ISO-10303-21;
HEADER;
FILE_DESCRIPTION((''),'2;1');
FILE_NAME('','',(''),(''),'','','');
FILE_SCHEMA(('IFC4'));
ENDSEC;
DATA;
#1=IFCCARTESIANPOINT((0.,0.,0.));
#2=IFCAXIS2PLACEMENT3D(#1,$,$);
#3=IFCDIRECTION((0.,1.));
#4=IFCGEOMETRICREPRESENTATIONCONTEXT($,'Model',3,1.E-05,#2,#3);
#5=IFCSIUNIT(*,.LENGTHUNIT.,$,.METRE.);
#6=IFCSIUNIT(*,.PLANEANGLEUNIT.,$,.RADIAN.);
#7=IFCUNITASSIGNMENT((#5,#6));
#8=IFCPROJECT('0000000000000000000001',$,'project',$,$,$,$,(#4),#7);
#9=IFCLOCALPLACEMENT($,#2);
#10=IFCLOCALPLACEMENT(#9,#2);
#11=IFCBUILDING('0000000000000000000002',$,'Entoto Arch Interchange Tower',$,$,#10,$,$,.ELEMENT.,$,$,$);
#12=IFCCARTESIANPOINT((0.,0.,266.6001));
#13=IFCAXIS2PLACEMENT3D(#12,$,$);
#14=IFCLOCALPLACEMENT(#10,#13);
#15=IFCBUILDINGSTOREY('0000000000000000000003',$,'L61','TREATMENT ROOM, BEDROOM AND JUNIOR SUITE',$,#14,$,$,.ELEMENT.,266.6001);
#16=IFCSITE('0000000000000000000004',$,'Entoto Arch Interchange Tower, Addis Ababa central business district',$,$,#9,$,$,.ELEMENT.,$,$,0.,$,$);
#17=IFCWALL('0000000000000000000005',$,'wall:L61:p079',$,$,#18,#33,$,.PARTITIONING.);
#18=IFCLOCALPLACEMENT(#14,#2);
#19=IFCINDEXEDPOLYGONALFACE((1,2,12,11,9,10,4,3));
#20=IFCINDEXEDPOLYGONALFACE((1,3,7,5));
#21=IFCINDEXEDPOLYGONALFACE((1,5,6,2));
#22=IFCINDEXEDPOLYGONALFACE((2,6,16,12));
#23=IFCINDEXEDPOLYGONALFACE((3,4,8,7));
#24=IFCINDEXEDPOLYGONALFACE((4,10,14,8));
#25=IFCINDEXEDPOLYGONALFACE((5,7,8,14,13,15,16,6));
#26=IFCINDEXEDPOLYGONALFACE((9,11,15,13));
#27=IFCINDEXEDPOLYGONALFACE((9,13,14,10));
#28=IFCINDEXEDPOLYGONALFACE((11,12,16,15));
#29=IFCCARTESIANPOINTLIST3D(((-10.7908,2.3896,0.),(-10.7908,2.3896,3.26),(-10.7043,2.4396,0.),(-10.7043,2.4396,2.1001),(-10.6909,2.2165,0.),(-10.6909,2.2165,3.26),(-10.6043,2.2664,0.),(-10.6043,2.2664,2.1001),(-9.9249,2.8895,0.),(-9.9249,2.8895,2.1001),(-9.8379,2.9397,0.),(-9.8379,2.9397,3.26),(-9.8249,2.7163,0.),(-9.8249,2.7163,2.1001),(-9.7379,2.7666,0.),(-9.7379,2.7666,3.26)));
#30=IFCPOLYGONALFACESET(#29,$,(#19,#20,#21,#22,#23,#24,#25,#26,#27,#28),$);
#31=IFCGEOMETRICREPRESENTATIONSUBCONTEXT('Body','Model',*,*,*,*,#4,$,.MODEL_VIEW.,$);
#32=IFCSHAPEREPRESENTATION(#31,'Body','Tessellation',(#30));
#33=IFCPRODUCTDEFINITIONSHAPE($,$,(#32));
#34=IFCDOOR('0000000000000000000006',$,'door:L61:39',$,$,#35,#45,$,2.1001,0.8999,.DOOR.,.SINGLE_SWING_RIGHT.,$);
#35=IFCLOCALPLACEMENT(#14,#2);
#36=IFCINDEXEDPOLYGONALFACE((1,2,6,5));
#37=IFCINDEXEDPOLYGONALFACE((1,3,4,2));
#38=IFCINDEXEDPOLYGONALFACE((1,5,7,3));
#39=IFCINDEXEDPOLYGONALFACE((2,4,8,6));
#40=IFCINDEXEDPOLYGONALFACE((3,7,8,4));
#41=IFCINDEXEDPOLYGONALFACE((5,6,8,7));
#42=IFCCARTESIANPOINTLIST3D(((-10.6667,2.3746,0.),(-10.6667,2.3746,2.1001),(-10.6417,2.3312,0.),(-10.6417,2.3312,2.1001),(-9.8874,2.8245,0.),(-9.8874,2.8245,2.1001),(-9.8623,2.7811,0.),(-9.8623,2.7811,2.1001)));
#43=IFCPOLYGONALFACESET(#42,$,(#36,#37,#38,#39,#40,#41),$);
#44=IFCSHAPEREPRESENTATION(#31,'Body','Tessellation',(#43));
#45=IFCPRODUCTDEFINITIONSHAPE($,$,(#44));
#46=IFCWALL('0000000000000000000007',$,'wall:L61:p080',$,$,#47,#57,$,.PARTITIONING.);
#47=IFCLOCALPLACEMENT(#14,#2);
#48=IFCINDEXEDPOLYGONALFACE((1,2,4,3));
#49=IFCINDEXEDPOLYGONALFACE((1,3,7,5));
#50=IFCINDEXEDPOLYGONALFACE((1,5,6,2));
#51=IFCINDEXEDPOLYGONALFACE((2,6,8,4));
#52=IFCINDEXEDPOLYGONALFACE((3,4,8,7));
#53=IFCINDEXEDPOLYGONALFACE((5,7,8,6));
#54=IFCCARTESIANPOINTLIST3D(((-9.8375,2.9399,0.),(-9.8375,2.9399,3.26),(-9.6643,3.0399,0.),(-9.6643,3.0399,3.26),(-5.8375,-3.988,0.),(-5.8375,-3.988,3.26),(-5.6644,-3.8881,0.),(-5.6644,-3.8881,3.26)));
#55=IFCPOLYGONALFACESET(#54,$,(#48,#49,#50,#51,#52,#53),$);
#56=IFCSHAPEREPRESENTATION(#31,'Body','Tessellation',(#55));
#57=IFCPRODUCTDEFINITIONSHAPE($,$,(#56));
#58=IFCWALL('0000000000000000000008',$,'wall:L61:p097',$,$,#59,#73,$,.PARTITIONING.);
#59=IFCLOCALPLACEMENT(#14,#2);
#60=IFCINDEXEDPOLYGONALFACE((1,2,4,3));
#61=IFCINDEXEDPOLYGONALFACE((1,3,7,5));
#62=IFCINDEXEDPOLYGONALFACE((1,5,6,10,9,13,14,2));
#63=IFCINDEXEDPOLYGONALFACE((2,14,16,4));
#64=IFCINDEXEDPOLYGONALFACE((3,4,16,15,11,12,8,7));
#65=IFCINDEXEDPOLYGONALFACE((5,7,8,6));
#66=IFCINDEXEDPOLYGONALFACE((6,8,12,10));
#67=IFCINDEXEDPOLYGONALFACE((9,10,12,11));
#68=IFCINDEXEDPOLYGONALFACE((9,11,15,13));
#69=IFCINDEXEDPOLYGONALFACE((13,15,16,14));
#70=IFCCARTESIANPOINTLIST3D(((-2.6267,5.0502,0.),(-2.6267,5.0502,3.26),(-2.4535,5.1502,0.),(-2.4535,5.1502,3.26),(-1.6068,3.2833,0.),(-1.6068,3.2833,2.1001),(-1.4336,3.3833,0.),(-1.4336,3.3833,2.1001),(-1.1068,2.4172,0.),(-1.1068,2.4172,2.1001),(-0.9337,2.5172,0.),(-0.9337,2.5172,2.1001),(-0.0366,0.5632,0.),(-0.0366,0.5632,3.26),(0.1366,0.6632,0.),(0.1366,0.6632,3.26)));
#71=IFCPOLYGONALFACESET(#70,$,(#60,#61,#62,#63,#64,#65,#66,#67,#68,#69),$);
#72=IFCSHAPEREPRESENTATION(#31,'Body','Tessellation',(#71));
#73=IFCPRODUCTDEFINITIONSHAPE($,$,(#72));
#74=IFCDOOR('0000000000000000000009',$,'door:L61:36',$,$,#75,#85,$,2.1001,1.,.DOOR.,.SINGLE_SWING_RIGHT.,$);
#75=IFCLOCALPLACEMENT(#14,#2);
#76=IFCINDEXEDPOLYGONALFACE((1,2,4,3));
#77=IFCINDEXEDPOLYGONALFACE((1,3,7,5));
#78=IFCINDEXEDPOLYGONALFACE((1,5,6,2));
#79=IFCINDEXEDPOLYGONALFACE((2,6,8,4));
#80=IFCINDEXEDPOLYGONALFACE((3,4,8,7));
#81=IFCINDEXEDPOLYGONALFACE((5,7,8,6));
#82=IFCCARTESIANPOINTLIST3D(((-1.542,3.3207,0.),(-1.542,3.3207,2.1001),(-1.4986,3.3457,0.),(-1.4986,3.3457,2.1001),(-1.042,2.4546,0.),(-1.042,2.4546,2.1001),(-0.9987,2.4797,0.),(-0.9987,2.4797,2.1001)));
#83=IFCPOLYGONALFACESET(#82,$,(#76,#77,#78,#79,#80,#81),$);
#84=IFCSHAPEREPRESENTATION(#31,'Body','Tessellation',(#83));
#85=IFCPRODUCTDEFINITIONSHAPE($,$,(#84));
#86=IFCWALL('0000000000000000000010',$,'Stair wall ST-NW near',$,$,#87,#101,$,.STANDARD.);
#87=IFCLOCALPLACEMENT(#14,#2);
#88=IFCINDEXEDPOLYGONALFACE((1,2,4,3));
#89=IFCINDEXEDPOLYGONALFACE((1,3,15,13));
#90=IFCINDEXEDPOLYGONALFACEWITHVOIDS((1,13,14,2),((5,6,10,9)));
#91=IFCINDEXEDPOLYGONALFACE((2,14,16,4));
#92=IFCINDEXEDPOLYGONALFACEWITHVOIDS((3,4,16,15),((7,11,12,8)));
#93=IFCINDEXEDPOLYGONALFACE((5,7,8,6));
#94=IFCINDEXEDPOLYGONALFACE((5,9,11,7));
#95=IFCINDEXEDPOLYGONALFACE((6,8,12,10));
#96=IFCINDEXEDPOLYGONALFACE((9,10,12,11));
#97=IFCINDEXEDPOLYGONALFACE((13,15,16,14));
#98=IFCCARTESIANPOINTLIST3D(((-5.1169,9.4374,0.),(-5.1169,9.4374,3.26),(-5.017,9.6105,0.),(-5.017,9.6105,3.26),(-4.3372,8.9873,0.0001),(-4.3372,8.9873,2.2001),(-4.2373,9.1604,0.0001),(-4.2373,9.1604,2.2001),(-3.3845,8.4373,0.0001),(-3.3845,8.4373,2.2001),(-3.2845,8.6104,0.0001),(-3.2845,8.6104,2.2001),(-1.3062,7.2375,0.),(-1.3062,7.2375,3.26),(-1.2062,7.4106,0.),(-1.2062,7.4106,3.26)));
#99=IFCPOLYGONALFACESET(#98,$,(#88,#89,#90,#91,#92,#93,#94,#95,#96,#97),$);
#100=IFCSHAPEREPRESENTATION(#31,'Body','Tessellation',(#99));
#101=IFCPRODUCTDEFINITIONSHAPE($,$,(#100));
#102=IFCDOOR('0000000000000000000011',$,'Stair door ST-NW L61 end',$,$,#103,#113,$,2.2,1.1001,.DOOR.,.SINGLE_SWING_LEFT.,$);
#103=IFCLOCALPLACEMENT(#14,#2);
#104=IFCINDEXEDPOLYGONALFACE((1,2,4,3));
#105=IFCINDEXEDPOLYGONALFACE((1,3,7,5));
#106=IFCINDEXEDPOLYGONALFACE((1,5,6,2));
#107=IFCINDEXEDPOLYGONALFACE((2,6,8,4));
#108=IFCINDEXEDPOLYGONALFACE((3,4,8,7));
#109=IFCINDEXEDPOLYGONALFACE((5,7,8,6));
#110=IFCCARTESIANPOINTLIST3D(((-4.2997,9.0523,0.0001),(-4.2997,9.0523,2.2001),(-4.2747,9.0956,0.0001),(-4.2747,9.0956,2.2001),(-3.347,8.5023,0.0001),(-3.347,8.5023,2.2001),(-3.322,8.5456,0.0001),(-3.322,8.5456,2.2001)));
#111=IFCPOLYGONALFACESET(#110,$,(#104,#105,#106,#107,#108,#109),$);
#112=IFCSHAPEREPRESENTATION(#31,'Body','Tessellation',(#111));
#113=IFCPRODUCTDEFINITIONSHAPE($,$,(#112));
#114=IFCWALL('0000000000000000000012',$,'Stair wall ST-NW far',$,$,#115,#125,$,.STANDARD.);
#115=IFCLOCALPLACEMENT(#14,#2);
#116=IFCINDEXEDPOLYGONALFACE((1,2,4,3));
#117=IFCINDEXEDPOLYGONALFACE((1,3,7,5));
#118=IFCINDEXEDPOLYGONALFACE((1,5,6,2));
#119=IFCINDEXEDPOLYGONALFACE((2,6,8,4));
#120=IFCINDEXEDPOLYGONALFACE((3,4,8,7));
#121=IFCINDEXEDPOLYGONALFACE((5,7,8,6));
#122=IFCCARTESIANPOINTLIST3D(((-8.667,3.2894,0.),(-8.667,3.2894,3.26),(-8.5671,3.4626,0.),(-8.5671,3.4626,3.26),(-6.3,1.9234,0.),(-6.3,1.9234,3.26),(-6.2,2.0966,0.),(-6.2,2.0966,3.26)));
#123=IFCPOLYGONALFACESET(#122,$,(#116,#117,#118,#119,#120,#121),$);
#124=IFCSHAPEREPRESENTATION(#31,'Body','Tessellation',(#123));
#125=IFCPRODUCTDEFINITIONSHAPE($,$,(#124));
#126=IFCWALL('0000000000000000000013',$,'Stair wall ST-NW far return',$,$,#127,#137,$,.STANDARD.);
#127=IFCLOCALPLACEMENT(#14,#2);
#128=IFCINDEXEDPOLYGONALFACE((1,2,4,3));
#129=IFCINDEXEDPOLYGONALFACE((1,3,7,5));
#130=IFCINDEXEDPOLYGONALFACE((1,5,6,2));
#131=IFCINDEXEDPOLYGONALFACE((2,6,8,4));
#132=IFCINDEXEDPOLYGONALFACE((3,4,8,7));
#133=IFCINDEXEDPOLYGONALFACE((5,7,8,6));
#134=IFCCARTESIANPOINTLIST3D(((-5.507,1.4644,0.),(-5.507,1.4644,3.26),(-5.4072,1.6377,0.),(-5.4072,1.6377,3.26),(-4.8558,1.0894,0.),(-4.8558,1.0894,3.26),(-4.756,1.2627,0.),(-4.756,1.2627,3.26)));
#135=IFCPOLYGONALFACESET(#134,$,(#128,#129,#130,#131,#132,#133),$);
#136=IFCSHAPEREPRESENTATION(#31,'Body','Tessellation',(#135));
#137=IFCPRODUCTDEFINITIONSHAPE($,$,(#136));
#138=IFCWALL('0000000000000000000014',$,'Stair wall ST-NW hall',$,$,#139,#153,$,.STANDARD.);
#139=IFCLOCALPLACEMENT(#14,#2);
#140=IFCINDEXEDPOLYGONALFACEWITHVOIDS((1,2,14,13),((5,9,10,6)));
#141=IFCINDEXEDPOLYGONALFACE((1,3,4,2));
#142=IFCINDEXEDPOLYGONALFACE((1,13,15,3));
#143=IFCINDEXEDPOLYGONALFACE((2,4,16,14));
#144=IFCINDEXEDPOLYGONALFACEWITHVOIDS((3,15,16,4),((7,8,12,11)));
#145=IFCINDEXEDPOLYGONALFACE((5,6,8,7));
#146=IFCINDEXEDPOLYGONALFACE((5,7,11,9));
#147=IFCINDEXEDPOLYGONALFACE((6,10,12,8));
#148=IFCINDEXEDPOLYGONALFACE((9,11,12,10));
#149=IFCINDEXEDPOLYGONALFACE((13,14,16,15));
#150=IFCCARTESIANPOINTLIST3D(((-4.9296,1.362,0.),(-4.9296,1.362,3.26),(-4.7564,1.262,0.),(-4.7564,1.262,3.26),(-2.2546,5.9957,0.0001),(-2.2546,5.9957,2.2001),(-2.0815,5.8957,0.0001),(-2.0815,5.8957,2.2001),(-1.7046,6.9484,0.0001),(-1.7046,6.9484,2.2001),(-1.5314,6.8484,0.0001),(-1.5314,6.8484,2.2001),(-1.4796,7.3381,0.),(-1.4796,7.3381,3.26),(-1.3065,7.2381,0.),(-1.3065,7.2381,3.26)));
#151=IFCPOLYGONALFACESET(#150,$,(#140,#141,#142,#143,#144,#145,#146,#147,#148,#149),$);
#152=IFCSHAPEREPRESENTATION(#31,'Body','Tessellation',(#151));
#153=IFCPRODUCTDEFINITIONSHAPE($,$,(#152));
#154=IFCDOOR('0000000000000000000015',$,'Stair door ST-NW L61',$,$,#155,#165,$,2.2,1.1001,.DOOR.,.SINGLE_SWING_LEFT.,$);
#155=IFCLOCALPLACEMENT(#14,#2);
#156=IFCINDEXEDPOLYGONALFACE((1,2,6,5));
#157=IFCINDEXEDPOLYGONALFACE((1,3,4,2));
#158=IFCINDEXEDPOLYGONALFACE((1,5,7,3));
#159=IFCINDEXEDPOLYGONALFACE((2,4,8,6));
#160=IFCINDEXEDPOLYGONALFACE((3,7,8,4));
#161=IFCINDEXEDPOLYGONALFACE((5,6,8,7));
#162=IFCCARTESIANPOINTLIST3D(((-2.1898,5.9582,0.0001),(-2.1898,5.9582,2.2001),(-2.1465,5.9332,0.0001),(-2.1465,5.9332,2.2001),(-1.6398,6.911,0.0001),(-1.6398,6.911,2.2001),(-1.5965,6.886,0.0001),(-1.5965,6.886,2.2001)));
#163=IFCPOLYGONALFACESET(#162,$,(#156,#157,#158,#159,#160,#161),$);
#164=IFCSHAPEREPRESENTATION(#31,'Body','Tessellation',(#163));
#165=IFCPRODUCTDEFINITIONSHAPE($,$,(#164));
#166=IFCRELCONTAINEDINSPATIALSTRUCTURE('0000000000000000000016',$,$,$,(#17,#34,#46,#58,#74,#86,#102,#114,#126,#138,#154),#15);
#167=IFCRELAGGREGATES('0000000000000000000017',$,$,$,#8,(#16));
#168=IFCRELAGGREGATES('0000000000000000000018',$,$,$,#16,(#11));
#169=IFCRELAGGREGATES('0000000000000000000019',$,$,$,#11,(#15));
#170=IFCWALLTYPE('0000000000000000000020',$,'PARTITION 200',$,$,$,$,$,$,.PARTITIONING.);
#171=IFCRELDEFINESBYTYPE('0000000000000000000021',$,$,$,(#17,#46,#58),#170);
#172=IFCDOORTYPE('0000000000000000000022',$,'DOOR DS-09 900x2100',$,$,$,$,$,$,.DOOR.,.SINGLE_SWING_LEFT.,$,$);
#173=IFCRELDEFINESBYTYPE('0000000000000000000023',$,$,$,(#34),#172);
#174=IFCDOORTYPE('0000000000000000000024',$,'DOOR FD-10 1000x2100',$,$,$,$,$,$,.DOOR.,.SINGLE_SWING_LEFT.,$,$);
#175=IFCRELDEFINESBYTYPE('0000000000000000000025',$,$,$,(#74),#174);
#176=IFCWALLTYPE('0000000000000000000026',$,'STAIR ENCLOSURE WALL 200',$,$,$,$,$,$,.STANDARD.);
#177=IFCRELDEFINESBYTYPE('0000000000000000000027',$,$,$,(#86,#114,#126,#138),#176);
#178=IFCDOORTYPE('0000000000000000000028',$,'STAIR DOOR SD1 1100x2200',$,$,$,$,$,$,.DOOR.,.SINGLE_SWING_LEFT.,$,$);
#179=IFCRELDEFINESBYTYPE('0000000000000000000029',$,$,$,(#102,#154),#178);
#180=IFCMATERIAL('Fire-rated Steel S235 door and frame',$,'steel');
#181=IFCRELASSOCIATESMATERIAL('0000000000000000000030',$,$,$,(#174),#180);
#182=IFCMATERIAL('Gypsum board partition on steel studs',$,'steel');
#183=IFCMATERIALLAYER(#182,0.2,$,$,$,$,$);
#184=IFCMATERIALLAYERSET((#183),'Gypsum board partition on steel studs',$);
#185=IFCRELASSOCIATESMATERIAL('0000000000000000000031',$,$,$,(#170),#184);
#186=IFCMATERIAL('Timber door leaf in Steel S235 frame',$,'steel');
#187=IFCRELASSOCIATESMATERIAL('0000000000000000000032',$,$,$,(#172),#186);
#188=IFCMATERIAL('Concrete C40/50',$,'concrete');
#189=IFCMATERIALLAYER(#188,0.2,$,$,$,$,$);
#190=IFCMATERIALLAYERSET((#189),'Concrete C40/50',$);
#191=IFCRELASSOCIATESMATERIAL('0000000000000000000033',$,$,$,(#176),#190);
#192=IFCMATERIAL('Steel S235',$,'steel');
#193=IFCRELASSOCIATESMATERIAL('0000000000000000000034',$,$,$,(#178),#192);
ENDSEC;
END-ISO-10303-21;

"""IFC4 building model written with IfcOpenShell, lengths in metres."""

from ifc_helpers import new_model, si_unit, direction, frame, frame_2d, origin, place, context, subcontext, project, spatial, rectangle, extrude, material, layer, layer_set, type_object, element, fill, save


model = new_model("IFC4")

# Units and contexts
model_context = context("Model", 3, precision=1e-05, world=origin(), true_north=direction((0.0, 1.0)))
body_context = subcontext(model_context, "Body", "Model", "MODEL_VIEW")
ifc_project = project(units=[si_unit("LENGTHUNIT", "METRE"), si_unit("PLANEANGLEUNIT", "RADIAN")], contexts=[model_context])

# Site, building, storey
site_placement = place(None, origin())
site = spatial("IfcSite", under=ifc_project, at=site_placement, Name="Entoto Arch Interchange Tower, Addis Ababa central business district", CompositionType="ELEMENT", RefElevation=0.0)
building_placement = place(site_placement, origin())
building = spatial("IfcBuilding", under=site, at=building_placement, Name="Entoto Arch Interchange Tower", CompositionType="ELEMENT")
storey_placement = place(building_placement, frame((0.0, 0.0, 266.6001)))
storey = spatial("IfcBuildingStorey", under=building, at=storey_placement, Name="L61", Description="TREATMENT ROOM, BEDROOM AND JUNIOR SUITE", CompositionType="ELEMENT", Elevation=266.6001)

# Shared definitions
ifc_material_1 = material(Name="Concrete C40/50", Category="concrete")

# Shared definitions
ifc_material_2 = material(Name="Fire-rated Steel S235 door and frame", Category="steel")
door_type_1 = type_object("IfcDoorType", Name="DOOR FD-10 1000x2100", OperationType="SINGLE_SWING_LEFT", PredefinedType="DOOR", material=ifc_material_2)

# Wall, opening, door
ifc_material_3 = material(Name="Gypsum board partition on steel studs", Category="steel")
ifc_layer_1 = layer(ifc_material_3, 0.2)
ifc_layer_set_1 = layer_set([ifc_layer_1], Name="Gypsum board partition on steel studs")
wall_type_1 = type_object("IfcWallType", Name="PARTITION 200", PredefinedType="PARTITIONING", material=ifc_layer_set_1)
ifc_material_4 = material(Name="Timber door leaf in Steel S235 frame", Category="steel")
wall_1_placement = place(storey_placement, frame((-10.741, 2.303, 0.0), z_axis=(0.0, 0.0, 1.0), x_axis=(0.866064, 0.499934, 0.0)))
wall_1 = element("IfcWall", 1, at=wall_1_placement, inside=storey, type_object=wall_type_1, Name="wall:L61:p079", PredefinedType="PARTITIONING", context=body_context, shape_type="SweptSolid", body=[
    extrude(rectangle(XDim=1.1003, YDim=0.2, at=frame_2d((0.5503, 0.0))), origin(), (0.0, 0.0, 1.0), 3.26),
])
opening_1_placement = place(wall_1_placement, frame((0.1001, 0.0, 0.0)))
opening_1 = element("IfcOpeningElement", 2, at=opening_1_placement, cuts=wall_1, PredefinedType="OPENING", context=body_context, shape_type="SweptSolid", body=[
    extrude(rectangle(XDim=0.8999, YDim=2.1001, at=frame_2d((0.45, 1.05))), frame((0.0, 0.1099, 0.0), z_axis=(0.0, -1.0, 0.0), x_axis=(1.0, 0.0, 0.0)), (0.0, 0.0, 1.0), 0.22),
])
door_type_2 = type_object("IfcDoorType", Name="DOOR DS-09 900x2100", OperationType="SINGLE_SWING_LEFT", PredefinedType="DOOR", material=ifc_material_4)
door_1_placement = place(opening_1_placement, origin())
door_1 = element("IfcDoor", 3, at=door_1_placement, inside=storey, type_object=door_type_2, Name="door:L61:39", OperationType="SINGLE_SWING_RIGHT", OverallHeight=2.1001, OverallWidth=0.8999, PredefinedType="DOOR", context=body_context, shape_type="SweptSolid", body=[
    extrude(rectangle(XDim=0.8999, YDim=2.1001, at=frame_2d((0.45, 1.05))), frame((0.0, 0.0249, 0.0), z_axis=(0.0, -1.0, 0.0), x_axis=(1.0, 0.0, 0.0)), (0.0, 0.0, 1.0), 0.05),
])
fill(opening_1, door_1)

# Wall
wall_2_placement = place(storey_placement, frame((-9.751, 2.99, 0.0), z_axis=(0.0, 0.0, 1.0), x_axis=(0.500012, -0.866018, 0.0)))
element("IfcWall", 4, at=wall_2_placement, inside=storey, type_object=wall_type_1, Name="wall:L61:p080", PredefinedType="PARTITIONING", context=body_context, shape_type="SweptSolid", body=[
    extrude(rectangle(XDim=7.9998, YDim=0.2, at=frame_2d((4.0, 0.0))), origin(), (0.0, 0.0, 1.0), 3.26),
])

# Walls, openings, doors
wall_3_placement = place(storey_placement, frame((-2.54, 5.1001, 0.0), z_axis=(0.0, 0.0, 1.0), x_axis=(0.499925, -0.866069, 0.0)))
wall_3 = element("IfcWall", 5, at=wall_3_placement, inside=storey, type_object=wall_type_1, Name="wall:L61:p097", PredefinedType="PARTITIONING", context=body_context, shape_type="SweptSolid", body=[
    extrude(rectangle(XDim=5.1809, YDim=0.2, at=frame_2d((2.5903, 0.0))), origin(), (0.0, 0.0, 1.0), 3.26),
])
opening_2_placement = place(wall_3_placement, frame((2.04, 0.0, 0.0)))
opening_2 = element("IfcOpeningElement", 6, at=opening_2_placement, cuts=wall_3, PredefinedType="OPENING", context=body_context, shape_type="SweptSolid", body=[
    extrude(rectangle(XDim=1.0, YDim=2.1001, at=frame_2d((0.5, 1.05))), frame((0.0, 0.1099, 0.0), z_axis=(0.0, -1.0, 0.0), x_axis=(1.0, 0.0, 0.0)), (0.0, 0.0, 1.0), 0.22),
])
door_2_placement = place(opening_2_placement, origin())
door_2 = element("IfcDoor", 7, at=door_2_placement, inside=storey, type_object=door_type_1, Name="door:L61:36", OperationType="SINGLE_SWING_RIGHT", OverallHeight=2.1001, OverallWidth=1.0, PredefinedType="DOOR", context=body_context, shape_type="SweptSolid", body=[
    extrude(rectangle(XDim=1.0, YDim=2.1001, at=frame_2d((0.5, 1.05))), frame((0.0, 0.0249, 0.0), z_axis=(0.0, -1.0, 0.0), x_axis=(1.0, 0.0, 0.0)), (0.0, 0.0, 1.0), 0.05),
])
fill(opening_2, door_2)
ifc_layer_2 = layer(ifc_material_1, 0.2)
ifc_layer_set_2 = layer_set([ifc_layer_2], Name="Concrete C40/50")
wall_type_2 = type_object("IfcWallType", Name="STAIR ENCLOSURE WALL 200", PredefinedType="STANDARD", material=ifc_layer_set_2)
wall_4_placement = place(storey_placement, frame((-1.2561, 7.324, 0.0), z_axis=(0.0, 0.0, 1.0), x_axis=(-0.866046, 0.499964, 0.0)))
wall_4 = element("IfcWall", 8, at=wall_4_placement, inside=storey, type_object=wall_type_2, Name="Stair wall ST-NW near", PredefinedType="STANDARD", context=body_context, shape_type="SweptSolid", body=[
    extrude(rectangle(XDim=4.4001, YDim=0.2, at=frame_2d((2.2002, 0.0))), origin(), (0.0, 0.0, 1.0), 3.26),
])
opening_3_placement = place(wall_4_placement, frame((2.3999, 0.0, 0.0)))
opening_3 = element("IfcOpeningElement", 9, at=opening_3_placement, cuts=wall_4, PredefinedType="OPENING", context=body_context, shape_type="SweptSolid", body=[
    extrude(rectangle(XDim=1.1001, YDim=2.2, at=frame_2d((0.55, 1.1001))), frame((0.0, 0.1099, 0.0), z_axis=(0.0, -1.0, 0.0), x_axis=(1.0, 0.0, 0.0)), (0.0, 0.0, 1.0), 0.22),
])
ifc_material_5 = material(Name="Steel S235", Category="steel")
door_type_3 = type_object("IfcDoorType", Name="STAIR DOOR SD1 1100x2200", OperationType="SINGLE_SWING_LEFT", PredefinedType="DOOR", material=ifc_material_5)
door_3_placement = place(opening_3_placement, origin())
door_3 = element("IfcDoor", 10, at=door_3_placement, inside=storey, type_object=door_type_3, Name="Stair door ST-NW L61 end", OperationType="SINGLE_SWING_LEFT", OverallHeight=2.2, OverallWidth=1.1001, PredefinedType="DOOR", context=body_context, shape_type="SweptSolid", body=[
    extrude(rectangle(XDim=1.1001, YDim=2.2, at=frame_2d((0.55, 1.1001))), frame((0.0, 0.0249, 0.0), z_axis=(0.0, -1.0, 0.0), x_axis=(1.0, 0.0, 0.0)), (0.0, 0.0, 1.0), 0.05),
])
fill(opening_3, door_3)

# Walls
wall_5_placement = place(storey_placement, frame((-6.25, 2.01, 0.0), z_axis=(0.0, 0.0, 1.0), x_axis=(-0.866119, 0.499838, 0.0)))
element("IfcWall", 11, at=wall_5_placement, inside=storey, type_object=wall_type_2, Name="Stair wall ST-NW far", PredefinedType="STANDARD", context=body_context, shape_type="SweptSolid", body=[
    extrude(rectangle(XDim=2.7329, YDim=0.2, at=frame_2d((1.3665, 0.0))), origin(), (0.0, 0.0, 1.0), 3.26),
])
wall_6_placement = place(storey_placement, frame((-4.8059, 1.176, 0.0), z_axis=(0.0, 0.0, 1.0), x_axis=(-0.866559, 0.499075, 0.0)))
element("IfcWall", 12, at=wall_6_placement, inside=storey, type_object=wall_type_2, Name="Stair wall ST-NW far return", PredefinedType="STANDARD", context=body_context, shape_type="SweptSolid", body=[
    extrude(rectangle(XDim=0.7515, YDim=0.2, at=frame_2d((0.3757, 0.0))), origin(), (0.0, 0.0, 1.0), 3.26),
])

# Wall, opening, door
wall_7_placement = place(storey_placement, frame((-1.3931, 7.2881, 0.0), z_axis=(0.0, 0.0, 1.0), x_axis=(-0.499963, -0.866047, 0.0)))
wall_7 = element("IfcWall", 13, at=wall_7_placement, inside=storey, type_object=wall_type_2, Name="Stair wall ST-NW hall", PredefinedType="STANDARD", context=body_context, shape_type="SweptSolid", body=[
    extrude(rectangle(XDim=6.9004, YDim=0.2, at=frame_2d((3.4502, 0.0))), origin(), (0.0, 0.0, 1.0), 3.26),
])
opening_4_placement = place(wall_7_placement, frame((0.45, 0.0, 0.0)))
opening_4 = element("IfcOpeningElement", 14, at=opening_4_placement, cuts=wall_7, PredefinedType="OPENING", context=body_context, shape_type="SweptSolid", body=[
    extrude(rectangle(XDim=1.1001, YDim=2.2, at=frame_2d((0.55, 1.1001))), frame((0.0, 0.1099, 0.0), z_axis=(0.0, -1.0, 0.0), x_axis=(1.0, 0.0, 0.0)), (0.0, 0.0, 1.0), 0.22),
])
door_4_placement = place(opening_4_placement, origin())
door_4 = element("IfcDoor", 15, at=door_4_placement, inside=storey, type_object=door_type_3, Name="Stair door ST-NW L61", OperationType="SINGLE_SWING_LEFT", OverallHeight=2.2, OverallWidth=1.1001, PredefinedType="DOOR", context=body_context, shape_type="SweptSolid", body=[
    extrude(rectangle(XDim=1.1001, YDim=2.2, at=frame_2d((0.55, 1.1001))), frame((0.0, 0.0249, 0.0), z_axis=(0.0, -1.0, 0.0), x_axis=(1.0, 0.0, 0.0)), (0.0, 0.0, 1.0), 0.05),
])
fill(opening_4, door_4)

save(model, "model.ifc")
